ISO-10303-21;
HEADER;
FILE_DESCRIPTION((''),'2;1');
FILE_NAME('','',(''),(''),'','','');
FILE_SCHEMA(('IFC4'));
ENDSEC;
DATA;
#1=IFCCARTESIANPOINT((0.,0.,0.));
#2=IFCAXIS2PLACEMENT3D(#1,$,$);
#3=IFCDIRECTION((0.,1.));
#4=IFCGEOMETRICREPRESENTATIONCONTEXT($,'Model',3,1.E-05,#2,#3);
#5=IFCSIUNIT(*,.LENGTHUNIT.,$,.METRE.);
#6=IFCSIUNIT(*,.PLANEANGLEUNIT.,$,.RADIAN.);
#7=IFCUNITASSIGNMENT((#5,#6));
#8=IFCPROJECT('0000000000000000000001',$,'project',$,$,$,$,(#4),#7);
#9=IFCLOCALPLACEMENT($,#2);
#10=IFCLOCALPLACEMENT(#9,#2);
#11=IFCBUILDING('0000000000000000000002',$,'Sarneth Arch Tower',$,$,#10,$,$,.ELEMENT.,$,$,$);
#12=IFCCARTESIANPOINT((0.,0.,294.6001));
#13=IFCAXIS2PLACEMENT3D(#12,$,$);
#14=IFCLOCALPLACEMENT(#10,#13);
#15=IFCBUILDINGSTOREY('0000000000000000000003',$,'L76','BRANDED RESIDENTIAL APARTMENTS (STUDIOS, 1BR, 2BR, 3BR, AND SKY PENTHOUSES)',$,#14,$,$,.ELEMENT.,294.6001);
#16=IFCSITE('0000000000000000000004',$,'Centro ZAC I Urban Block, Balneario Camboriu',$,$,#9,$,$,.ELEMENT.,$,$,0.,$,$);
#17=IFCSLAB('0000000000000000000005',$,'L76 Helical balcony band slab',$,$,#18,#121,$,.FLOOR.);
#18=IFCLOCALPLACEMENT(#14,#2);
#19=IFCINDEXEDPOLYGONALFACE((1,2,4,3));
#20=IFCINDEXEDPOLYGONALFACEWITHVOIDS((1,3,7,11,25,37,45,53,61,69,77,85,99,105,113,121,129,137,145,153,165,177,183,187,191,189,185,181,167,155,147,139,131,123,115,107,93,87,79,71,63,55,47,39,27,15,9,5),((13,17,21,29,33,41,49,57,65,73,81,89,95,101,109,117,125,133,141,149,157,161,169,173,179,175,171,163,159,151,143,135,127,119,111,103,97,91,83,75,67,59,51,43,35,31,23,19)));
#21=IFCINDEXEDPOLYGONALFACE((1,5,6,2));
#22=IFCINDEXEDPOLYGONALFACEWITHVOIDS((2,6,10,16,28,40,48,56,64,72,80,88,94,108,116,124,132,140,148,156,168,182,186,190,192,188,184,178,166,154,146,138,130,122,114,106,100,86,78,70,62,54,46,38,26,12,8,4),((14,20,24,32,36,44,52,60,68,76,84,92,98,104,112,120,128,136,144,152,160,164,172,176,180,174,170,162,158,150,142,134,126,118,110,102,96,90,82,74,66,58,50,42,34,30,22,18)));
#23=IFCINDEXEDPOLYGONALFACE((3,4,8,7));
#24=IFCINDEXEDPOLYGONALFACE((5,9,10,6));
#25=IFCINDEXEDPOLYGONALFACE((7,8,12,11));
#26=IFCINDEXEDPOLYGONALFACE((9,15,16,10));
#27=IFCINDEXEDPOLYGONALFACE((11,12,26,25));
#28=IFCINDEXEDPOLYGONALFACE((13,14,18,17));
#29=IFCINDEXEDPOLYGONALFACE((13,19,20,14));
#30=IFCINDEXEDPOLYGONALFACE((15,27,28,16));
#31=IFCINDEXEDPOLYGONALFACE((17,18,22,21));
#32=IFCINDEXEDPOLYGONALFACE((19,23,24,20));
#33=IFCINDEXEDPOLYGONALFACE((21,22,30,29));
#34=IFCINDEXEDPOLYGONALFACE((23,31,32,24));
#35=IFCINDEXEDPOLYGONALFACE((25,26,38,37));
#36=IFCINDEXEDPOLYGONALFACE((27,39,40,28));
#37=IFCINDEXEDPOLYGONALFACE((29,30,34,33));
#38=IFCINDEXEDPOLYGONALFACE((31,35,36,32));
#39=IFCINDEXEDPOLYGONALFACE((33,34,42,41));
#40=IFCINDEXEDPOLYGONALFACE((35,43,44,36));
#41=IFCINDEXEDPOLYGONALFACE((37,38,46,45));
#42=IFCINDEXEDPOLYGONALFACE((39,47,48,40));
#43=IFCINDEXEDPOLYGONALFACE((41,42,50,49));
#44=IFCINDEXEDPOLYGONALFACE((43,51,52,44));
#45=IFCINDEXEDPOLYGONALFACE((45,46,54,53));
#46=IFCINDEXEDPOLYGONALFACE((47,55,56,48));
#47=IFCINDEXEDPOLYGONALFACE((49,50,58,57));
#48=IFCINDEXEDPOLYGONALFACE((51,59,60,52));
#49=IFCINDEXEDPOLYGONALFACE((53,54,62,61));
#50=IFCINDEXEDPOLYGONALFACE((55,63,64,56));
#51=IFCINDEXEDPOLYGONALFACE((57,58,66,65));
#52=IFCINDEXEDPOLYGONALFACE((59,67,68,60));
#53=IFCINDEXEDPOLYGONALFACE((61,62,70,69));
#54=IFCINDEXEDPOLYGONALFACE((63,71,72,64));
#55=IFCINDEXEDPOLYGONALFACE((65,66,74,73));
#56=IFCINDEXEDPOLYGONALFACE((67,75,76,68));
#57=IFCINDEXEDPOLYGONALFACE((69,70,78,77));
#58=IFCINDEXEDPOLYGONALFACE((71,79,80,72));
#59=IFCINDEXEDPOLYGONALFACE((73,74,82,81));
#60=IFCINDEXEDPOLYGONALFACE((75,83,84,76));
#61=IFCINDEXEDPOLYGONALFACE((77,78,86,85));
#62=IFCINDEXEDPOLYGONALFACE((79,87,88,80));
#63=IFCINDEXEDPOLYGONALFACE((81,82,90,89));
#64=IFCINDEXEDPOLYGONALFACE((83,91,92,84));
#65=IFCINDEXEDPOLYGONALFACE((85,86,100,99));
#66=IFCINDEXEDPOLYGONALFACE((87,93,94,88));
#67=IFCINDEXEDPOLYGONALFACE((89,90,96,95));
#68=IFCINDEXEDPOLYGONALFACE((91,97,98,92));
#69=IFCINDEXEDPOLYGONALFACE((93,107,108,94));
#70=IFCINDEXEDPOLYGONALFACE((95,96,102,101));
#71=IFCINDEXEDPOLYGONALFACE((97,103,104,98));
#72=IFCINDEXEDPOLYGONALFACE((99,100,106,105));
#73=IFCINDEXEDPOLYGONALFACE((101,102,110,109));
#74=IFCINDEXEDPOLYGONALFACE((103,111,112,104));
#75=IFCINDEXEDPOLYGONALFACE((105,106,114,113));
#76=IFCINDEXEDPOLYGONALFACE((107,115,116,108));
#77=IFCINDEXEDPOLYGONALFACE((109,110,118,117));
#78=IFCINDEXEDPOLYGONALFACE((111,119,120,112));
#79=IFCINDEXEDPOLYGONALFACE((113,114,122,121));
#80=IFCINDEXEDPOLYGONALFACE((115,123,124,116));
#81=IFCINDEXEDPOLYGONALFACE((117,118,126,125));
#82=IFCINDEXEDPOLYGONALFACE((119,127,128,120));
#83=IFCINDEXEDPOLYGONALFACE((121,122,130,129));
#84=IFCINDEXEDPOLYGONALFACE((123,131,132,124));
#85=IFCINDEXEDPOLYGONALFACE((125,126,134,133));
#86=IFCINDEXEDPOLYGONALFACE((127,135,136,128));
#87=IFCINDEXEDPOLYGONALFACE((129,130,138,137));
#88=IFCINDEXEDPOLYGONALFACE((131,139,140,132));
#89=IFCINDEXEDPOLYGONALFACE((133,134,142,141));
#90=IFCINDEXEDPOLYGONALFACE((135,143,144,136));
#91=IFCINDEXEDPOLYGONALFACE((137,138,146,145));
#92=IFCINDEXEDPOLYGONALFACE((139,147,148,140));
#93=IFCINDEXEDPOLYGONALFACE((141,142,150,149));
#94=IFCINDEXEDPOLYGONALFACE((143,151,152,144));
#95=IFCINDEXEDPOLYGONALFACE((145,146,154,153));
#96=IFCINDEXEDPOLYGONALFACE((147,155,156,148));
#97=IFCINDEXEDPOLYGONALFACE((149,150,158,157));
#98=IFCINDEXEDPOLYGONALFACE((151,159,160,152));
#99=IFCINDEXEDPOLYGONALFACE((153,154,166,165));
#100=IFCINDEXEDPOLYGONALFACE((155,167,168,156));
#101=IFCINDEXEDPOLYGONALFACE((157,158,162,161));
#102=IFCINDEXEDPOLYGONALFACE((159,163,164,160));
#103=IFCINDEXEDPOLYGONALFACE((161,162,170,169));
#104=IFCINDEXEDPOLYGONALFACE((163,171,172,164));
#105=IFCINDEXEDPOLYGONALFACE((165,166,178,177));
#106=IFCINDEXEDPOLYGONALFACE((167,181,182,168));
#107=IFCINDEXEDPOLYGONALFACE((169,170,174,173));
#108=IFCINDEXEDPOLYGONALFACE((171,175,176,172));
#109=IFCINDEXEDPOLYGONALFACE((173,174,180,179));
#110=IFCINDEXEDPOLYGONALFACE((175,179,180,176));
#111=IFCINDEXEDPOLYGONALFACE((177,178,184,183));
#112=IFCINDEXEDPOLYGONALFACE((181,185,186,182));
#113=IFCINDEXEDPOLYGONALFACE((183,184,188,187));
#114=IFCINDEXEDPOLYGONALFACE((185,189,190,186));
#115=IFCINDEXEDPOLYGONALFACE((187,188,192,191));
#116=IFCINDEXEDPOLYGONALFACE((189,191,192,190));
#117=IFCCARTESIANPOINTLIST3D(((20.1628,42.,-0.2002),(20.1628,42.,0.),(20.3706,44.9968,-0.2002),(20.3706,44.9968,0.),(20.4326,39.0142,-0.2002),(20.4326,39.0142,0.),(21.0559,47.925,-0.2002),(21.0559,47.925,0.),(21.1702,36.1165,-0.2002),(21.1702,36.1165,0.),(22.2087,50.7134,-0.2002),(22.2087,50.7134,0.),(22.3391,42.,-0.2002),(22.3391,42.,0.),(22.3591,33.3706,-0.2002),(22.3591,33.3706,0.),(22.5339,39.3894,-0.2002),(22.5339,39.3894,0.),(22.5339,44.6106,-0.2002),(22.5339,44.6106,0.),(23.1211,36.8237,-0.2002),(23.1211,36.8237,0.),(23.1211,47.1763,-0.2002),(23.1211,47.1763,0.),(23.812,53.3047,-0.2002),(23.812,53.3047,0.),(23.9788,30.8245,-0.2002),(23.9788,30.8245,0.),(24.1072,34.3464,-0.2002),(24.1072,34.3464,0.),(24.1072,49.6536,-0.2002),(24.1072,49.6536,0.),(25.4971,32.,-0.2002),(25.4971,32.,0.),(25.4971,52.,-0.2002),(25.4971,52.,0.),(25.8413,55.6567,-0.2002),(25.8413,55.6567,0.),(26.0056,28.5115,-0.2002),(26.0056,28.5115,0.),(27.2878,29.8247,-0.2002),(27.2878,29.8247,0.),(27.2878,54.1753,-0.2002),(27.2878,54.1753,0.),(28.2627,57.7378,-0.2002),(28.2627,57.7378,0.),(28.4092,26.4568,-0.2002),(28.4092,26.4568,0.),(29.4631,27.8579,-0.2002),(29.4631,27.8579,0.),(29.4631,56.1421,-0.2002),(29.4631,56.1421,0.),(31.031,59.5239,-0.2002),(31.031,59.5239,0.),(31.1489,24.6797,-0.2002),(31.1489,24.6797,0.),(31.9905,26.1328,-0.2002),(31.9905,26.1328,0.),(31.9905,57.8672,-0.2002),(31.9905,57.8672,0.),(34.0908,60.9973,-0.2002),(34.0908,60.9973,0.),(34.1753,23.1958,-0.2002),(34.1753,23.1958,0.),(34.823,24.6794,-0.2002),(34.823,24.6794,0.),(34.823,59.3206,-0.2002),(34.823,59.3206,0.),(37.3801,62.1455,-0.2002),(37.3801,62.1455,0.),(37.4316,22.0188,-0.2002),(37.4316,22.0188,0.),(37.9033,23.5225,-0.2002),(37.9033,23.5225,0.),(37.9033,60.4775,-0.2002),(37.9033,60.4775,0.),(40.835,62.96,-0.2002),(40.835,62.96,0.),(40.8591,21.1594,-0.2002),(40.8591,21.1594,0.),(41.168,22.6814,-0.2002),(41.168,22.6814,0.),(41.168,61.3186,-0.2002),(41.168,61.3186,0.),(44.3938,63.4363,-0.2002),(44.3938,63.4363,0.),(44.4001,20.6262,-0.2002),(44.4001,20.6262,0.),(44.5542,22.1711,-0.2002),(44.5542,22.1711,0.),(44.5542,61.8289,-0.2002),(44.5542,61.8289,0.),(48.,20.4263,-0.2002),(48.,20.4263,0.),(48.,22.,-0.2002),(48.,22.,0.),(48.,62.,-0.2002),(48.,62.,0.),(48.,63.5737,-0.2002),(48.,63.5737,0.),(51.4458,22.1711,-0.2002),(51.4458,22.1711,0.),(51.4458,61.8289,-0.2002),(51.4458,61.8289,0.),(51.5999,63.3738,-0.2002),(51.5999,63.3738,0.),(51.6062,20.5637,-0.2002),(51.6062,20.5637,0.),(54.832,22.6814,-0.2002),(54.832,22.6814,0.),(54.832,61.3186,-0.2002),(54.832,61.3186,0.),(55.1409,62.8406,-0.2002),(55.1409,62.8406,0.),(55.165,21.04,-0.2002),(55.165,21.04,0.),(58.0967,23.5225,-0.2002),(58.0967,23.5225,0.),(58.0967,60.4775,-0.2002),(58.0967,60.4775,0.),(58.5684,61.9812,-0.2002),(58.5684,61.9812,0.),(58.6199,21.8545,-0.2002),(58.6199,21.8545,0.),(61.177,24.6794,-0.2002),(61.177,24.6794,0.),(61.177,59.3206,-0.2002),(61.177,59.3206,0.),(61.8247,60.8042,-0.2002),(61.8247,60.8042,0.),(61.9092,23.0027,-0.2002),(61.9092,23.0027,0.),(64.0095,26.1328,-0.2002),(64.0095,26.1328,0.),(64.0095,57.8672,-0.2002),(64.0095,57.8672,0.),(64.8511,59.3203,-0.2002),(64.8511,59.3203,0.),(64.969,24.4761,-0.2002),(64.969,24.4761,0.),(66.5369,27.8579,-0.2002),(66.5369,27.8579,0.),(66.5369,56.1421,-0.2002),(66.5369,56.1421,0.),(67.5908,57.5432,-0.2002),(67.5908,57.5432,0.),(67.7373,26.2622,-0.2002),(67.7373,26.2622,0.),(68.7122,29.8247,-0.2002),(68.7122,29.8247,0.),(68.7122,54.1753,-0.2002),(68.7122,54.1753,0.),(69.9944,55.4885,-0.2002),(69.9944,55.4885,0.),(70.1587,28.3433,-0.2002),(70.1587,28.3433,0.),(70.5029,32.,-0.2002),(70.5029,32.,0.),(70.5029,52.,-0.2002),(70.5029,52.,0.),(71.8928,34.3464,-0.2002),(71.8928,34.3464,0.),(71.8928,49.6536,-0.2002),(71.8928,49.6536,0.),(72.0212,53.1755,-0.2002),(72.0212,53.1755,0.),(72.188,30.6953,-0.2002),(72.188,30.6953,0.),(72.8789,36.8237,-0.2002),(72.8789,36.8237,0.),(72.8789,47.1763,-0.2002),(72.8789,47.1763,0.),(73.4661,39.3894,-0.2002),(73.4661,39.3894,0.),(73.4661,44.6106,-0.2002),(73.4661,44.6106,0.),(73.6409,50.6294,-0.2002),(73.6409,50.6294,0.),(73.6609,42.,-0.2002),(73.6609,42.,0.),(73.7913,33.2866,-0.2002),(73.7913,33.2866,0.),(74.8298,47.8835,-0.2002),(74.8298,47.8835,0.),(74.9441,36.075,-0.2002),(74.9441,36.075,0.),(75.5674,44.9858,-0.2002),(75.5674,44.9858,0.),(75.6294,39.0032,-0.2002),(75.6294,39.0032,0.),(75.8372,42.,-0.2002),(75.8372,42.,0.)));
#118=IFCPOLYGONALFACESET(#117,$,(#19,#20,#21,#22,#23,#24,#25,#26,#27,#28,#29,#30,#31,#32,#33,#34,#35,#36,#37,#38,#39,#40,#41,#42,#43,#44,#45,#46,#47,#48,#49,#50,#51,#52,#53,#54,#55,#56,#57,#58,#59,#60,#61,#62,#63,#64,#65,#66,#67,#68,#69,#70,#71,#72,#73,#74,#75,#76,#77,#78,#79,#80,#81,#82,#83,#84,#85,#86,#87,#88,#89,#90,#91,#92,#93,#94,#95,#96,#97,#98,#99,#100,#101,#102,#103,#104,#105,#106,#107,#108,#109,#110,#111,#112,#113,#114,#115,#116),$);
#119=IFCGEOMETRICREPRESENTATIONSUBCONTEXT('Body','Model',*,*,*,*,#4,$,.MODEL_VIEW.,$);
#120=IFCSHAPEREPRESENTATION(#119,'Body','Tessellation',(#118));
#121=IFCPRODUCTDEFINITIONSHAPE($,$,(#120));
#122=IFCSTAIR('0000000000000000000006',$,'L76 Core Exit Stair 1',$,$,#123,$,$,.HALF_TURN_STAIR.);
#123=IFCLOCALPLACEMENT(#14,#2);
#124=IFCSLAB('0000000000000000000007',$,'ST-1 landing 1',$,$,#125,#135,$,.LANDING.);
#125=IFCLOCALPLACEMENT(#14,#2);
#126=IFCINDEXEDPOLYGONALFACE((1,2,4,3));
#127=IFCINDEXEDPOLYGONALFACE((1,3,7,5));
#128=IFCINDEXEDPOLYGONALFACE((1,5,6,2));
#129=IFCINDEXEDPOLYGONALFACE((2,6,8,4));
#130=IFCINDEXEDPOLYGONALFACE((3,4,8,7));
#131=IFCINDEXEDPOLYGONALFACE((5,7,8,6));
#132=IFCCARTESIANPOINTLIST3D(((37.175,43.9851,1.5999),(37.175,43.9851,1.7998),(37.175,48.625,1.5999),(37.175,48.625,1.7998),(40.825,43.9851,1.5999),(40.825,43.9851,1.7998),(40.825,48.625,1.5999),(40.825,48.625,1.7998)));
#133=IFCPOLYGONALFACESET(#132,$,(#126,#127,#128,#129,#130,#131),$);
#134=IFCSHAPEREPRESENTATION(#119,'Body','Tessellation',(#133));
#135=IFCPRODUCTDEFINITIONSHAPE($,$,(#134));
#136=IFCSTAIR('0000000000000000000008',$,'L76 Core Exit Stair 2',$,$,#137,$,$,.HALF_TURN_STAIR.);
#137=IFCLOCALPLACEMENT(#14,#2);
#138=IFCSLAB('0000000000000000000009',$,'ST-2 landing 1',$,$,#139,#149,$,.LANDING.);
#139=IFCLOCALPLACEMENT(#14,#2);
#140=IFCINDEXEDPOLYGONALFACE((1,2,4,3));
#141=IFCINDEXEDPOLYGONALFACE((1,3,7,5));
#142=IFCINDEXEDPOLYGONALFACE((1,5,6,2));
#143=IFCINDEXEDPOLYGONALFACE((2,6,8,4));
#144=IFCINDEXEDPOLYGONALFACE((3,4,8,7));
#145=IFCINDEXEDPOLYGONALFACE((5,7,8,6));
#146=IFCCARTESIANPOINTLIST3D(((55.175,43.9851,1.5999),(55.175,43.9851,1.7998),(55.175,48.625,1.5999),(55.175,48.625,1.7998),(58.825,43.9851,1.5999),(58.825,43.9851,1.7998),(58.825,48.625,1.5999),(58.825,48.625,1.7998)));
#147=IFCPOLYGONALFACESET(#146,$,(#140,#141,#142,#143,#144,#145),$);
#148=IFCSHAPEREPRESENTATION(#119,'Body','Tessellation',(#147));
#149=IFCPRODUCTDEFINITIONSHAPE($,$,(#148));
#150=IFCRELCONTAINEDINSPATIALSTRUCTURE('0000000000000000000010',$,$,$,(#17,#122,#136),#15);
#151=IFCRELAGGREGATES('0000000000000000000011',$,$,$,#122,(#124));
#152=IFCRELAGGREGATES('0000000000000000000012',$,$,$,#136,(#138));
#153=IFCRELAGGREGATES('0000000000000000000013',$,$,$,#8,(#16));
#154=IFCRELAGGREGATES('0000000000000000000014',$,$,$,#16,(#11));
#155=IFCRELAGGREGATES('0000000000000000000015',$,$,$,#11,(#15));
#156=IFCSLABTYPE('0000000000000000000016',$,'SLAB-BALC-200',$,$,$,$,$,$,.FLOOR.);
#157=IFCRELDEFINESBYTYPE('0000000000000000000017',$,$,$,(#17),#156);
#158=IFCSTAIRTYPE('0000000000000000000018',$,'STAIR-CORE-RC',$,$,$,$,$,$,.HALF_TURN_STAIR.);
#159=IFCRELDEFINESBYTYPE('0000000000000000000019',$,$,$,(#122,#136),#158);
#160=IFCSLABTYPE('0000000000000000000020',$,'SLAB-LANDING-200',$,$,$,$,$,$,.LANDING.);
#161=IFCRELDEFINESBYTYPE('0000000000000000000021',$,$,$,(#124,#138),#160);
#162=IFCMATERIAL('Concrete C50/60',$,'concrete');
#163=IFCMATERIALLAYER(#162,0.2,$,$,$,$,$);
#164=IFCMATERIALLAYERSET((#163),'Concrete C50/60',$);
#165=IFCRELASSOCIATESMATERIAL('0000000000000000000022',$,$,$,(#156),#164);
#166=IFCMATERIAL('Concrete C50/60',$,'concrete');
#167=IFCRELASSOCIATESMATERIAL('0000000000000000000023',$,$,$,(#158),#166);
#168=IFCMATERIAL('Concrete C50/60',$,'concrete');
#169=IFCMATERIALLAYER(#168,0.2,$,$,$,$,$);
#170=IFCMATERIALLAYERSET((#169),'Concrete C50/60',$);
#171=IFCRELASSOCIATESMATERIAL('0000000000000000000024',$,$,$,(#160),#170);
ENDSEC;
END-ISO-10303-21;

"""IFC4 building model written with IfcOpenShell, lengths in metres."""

from ifc_helpers import new_model, si_unit, direction, frame, origin, place, context, subcontext, project, spatial, polyline, outline, extrude, material, layer, layer_set, type_object, element, aggregate, save


model = new_model("IFC4")

# Units and contexts
model_context = context("Model", 3, precision=1e-05, world=origin(), true_north=direction((0.0, 1.0)))
body_context = subcontext(model_context, "Body", "Model", "MODEL_VIEW")
ifc_project = project(units=[si_unit("LENGTHUNIT", "METRE"), si_unit("PLANEANGLEUNIT", "RADIAN")], contexts=[model_context])

# Site, building, storey
site_placement = place(None, origin())
site = spatial("IfcSite", under=ifc_project, at=site_placement, Name="Centro ZAC I Urban Block, Balneario Camboriu", CompositionType="ELEMENT", RefElevation=0.0)
building_placement = place(site_placement, origin())
building = spatial("IfcBuilding", under=site, at=building_placement, Name="Sarneth Arch Tower", CompositionType="ELEMENT")
storey_placement = place(building_placement, frame((0.0, 0.0, 294.6001)))
storey = spatial("IfcBuildingStorey", under=building, at=storey_placement, Name="L76", Description="BRANDED RESIDENTIAL APARTMENTS (STUDIOS, 1BR, 2BR, 3BR, AND SKY PENTHOUSES)", CompositionType="ELEMENT", Elevation=294.6001)

# Slab
ifc_material_1 = material(Name="Concrete C50/60", Category="concrete")
ifc_layer_1 = layer(ifc_material_1, 0.2)
ifc_layer_set_1 = layer_set([ifc_layer_1], Name="Concrete C50/60")
slab_type_1 = type_object("IfcSlabType", Name="SLAB-BALC-200", PredefinedType="FLOOR", material=ifc_layer_set_1)
slab_1_placement = place(storey_placement, frame((0.0, 0.0, -0.2002)))
element("IfcSlab", 1, at=slab_1_placement, inside=storey, type_object=slab_type_1, Name="L76 Helical balcony band slab", PredefinedType="FLOOR", context=body_context, shape_type="SweptSolid", body=[
    extrude(outline(polyline([(75.8372, 42.0), (75.5674, 44.9858), (74.8298, 47.8835), (73.6409, 50.6294), (72.0212, 53.1755), (69.9944, 55.4885), (67.5908, 57.5432), (64.8511, 59.3203), (61.8247, 60.8042), (58.5684, 61.9812), (55.1409, 62.8406), (51.5999, 63.3738), (48.0, 63.5737), (44.3938, 63.4363), (40.835, 62.96), (37.3801, 62.1455), (34.0908, 60.9973), (31.031, 59.5239), (28.2627, 57.7378), (25.8413, 55.6567), (23.812, 53.3047), (22.2087, 50.7134), (21.0559, 47.925), (20.3706, 44.9968), (20.1628, 42.0), (20.4326, 39.0142), (21.1702, 36.1165), (22.3591, 33.3706), (23.9788, 30.8245), (26.0056, 28.5115), (28.4092, 26.4568), (31.1489, 24.6797), (34.1753, 23.1958), (37.4316, 22.0188), (40.8591, 21.1594), (44.4001, 20.6262), (48.0, 20.4263), (51.6062, 20.5637), (55.165, 21.04), (58.6199, 21.8545), (61.9092, 23.0027), (64.969, 24.4761), (67.7373, 26.2622), (70.1587, 28.3433), (72.188, 30.6953), (73.7913, 33.2866), (74.9441, 36.075), (75.6294, 39.0032), (75.8372, 42.0)]), holes=[polyline([(73.6609, 42.0), (73.4661, 44.6106), (72.8789, 47.1763), (71.8928, 49.6536), (70.5029, 52.0), (68.7122, 54.1753), (66.5369, 56.1421), (64.0095, 57.8672), (61.177, 59.3206), (58.0967, 60.4775), (54.832, 61.3186), (51.4458, 61.8289), (48.0, 62.0), (44.5542, 61.8289), (41.168, 61.3186), (37.9033, 60.4775), (34.823, 59.3206), (31.9905, 57.8672), (29.4631, 56.1421), (27.2878, 54.1753), (25.4971, 52.0), (24.1072, 49.6536), (23.1211, 47.1763), (22.5339, 44.6106), (22.3391, 42.0), (22.5339, 39.3894), (23.1211, 36.8237), (24.1072, 34.3464), (25.4971, 32.0), (27.2878, 29.8247), (29.4631, 27.8579), (31.9905, 26.1328), (34.823, 24.6794), (37.9033, 23.5225), (41.168, 22.6814), (44.5542, 22.1711), (48.0, 22.0), (51.4458, 22.1711), (54.832, 22.6814), (58.0967, 23.5225), (61.177, 24.6794), (64.0095, 26.1328), (66.5369, 27.8579), (68.7122, 29.8247), (70.5029, 32.0), (71.8928, 34.3464), (72.8789, 36.8237), (73.4661, 39.3894), (73.6609, 42.0)])]), origin(), (0.0, 0.0, 1.0), 0.2002),
])

# Stairs, slabs
ifc_material_2 = material(Name="Concrete C50/60", Category="concrete")
stair_type = type_object("IfcStairType", Name="STAIR-CORE-RC", PredefinedType="HALF_TURN_STAIR", material=ifc_material_2)
stair_1_placement = place(storey_placement, origin())
stair_1 = element("IfcStair", 2, at=stair_1_placement, inside=storey, type_object=stair_type, Name="L76 Core Exit Stair 1", PredefinedType="HALF_TURN_STAIR")
ifc_material_3 = material(Name="Concrete C50/60", Category="concrete")
ifc_layer_2 = layer(ifc_material_3, 0.2)
ifc_layer_set_2 = layer_set([ifc_layer_2], Name="Concrete C50/60")
slab_type_2 = type_object("IfcSlabType", Name="SLAB-LANDING-200", PredefinedType="LANDING", material=ifc_layer_set_2)
slab_2_placement = place(storey_placement, frame((0.0, 0.0, 1.5999)))
slab_2 = element("IfcSlab", 3, at=slab_2_placement, type_object=slab_type_2, Name="ST-1 landing 1", PredefinedType="LANDING", context=body_context, shape_type="SweptSolid", body=[
    extrude(outline(polyline([(37.175, 43.9851), (40.825, 43.9851), (40.825, 48.625), (37.175, 48.625), (37.175, 43.9851)])), origin(), (0.0, 0.0, 1.0), 0.2),
])
aggregate(stair_1, [slab_2])
stair_2_placement = place(storey_placement, origin())
stair_2 = element("IfcStair", 4, at=stair_2_placement, inside=storey, type_object=stair_type, Name="L76 Core Exit Stair 2", PredefinedType="HALF_TURN_STAIR")
slab_3_placement = place(storey_placement, frame((0.0, 0.0, 1.5999)))
slab_3 = element("IfcSlab", 5, at=slab_3_placement, type_object=slab_type_2, Name="ST-2 landing 1", PredefinedType="LANDING", context=body_context, shape_type="SweptSolid", body=[
    extrude(outline(polyline([(55.175, 43.9851), (58.825, 43.9851), (58.825, 48.625), (55.175, 48.625), (55.175, 43.9851)])), origin(), (0.0, 0.0, 1.0), 0.2),
])
aggregate(stair_2, [slab_3])

save(model, "model.ifc")
